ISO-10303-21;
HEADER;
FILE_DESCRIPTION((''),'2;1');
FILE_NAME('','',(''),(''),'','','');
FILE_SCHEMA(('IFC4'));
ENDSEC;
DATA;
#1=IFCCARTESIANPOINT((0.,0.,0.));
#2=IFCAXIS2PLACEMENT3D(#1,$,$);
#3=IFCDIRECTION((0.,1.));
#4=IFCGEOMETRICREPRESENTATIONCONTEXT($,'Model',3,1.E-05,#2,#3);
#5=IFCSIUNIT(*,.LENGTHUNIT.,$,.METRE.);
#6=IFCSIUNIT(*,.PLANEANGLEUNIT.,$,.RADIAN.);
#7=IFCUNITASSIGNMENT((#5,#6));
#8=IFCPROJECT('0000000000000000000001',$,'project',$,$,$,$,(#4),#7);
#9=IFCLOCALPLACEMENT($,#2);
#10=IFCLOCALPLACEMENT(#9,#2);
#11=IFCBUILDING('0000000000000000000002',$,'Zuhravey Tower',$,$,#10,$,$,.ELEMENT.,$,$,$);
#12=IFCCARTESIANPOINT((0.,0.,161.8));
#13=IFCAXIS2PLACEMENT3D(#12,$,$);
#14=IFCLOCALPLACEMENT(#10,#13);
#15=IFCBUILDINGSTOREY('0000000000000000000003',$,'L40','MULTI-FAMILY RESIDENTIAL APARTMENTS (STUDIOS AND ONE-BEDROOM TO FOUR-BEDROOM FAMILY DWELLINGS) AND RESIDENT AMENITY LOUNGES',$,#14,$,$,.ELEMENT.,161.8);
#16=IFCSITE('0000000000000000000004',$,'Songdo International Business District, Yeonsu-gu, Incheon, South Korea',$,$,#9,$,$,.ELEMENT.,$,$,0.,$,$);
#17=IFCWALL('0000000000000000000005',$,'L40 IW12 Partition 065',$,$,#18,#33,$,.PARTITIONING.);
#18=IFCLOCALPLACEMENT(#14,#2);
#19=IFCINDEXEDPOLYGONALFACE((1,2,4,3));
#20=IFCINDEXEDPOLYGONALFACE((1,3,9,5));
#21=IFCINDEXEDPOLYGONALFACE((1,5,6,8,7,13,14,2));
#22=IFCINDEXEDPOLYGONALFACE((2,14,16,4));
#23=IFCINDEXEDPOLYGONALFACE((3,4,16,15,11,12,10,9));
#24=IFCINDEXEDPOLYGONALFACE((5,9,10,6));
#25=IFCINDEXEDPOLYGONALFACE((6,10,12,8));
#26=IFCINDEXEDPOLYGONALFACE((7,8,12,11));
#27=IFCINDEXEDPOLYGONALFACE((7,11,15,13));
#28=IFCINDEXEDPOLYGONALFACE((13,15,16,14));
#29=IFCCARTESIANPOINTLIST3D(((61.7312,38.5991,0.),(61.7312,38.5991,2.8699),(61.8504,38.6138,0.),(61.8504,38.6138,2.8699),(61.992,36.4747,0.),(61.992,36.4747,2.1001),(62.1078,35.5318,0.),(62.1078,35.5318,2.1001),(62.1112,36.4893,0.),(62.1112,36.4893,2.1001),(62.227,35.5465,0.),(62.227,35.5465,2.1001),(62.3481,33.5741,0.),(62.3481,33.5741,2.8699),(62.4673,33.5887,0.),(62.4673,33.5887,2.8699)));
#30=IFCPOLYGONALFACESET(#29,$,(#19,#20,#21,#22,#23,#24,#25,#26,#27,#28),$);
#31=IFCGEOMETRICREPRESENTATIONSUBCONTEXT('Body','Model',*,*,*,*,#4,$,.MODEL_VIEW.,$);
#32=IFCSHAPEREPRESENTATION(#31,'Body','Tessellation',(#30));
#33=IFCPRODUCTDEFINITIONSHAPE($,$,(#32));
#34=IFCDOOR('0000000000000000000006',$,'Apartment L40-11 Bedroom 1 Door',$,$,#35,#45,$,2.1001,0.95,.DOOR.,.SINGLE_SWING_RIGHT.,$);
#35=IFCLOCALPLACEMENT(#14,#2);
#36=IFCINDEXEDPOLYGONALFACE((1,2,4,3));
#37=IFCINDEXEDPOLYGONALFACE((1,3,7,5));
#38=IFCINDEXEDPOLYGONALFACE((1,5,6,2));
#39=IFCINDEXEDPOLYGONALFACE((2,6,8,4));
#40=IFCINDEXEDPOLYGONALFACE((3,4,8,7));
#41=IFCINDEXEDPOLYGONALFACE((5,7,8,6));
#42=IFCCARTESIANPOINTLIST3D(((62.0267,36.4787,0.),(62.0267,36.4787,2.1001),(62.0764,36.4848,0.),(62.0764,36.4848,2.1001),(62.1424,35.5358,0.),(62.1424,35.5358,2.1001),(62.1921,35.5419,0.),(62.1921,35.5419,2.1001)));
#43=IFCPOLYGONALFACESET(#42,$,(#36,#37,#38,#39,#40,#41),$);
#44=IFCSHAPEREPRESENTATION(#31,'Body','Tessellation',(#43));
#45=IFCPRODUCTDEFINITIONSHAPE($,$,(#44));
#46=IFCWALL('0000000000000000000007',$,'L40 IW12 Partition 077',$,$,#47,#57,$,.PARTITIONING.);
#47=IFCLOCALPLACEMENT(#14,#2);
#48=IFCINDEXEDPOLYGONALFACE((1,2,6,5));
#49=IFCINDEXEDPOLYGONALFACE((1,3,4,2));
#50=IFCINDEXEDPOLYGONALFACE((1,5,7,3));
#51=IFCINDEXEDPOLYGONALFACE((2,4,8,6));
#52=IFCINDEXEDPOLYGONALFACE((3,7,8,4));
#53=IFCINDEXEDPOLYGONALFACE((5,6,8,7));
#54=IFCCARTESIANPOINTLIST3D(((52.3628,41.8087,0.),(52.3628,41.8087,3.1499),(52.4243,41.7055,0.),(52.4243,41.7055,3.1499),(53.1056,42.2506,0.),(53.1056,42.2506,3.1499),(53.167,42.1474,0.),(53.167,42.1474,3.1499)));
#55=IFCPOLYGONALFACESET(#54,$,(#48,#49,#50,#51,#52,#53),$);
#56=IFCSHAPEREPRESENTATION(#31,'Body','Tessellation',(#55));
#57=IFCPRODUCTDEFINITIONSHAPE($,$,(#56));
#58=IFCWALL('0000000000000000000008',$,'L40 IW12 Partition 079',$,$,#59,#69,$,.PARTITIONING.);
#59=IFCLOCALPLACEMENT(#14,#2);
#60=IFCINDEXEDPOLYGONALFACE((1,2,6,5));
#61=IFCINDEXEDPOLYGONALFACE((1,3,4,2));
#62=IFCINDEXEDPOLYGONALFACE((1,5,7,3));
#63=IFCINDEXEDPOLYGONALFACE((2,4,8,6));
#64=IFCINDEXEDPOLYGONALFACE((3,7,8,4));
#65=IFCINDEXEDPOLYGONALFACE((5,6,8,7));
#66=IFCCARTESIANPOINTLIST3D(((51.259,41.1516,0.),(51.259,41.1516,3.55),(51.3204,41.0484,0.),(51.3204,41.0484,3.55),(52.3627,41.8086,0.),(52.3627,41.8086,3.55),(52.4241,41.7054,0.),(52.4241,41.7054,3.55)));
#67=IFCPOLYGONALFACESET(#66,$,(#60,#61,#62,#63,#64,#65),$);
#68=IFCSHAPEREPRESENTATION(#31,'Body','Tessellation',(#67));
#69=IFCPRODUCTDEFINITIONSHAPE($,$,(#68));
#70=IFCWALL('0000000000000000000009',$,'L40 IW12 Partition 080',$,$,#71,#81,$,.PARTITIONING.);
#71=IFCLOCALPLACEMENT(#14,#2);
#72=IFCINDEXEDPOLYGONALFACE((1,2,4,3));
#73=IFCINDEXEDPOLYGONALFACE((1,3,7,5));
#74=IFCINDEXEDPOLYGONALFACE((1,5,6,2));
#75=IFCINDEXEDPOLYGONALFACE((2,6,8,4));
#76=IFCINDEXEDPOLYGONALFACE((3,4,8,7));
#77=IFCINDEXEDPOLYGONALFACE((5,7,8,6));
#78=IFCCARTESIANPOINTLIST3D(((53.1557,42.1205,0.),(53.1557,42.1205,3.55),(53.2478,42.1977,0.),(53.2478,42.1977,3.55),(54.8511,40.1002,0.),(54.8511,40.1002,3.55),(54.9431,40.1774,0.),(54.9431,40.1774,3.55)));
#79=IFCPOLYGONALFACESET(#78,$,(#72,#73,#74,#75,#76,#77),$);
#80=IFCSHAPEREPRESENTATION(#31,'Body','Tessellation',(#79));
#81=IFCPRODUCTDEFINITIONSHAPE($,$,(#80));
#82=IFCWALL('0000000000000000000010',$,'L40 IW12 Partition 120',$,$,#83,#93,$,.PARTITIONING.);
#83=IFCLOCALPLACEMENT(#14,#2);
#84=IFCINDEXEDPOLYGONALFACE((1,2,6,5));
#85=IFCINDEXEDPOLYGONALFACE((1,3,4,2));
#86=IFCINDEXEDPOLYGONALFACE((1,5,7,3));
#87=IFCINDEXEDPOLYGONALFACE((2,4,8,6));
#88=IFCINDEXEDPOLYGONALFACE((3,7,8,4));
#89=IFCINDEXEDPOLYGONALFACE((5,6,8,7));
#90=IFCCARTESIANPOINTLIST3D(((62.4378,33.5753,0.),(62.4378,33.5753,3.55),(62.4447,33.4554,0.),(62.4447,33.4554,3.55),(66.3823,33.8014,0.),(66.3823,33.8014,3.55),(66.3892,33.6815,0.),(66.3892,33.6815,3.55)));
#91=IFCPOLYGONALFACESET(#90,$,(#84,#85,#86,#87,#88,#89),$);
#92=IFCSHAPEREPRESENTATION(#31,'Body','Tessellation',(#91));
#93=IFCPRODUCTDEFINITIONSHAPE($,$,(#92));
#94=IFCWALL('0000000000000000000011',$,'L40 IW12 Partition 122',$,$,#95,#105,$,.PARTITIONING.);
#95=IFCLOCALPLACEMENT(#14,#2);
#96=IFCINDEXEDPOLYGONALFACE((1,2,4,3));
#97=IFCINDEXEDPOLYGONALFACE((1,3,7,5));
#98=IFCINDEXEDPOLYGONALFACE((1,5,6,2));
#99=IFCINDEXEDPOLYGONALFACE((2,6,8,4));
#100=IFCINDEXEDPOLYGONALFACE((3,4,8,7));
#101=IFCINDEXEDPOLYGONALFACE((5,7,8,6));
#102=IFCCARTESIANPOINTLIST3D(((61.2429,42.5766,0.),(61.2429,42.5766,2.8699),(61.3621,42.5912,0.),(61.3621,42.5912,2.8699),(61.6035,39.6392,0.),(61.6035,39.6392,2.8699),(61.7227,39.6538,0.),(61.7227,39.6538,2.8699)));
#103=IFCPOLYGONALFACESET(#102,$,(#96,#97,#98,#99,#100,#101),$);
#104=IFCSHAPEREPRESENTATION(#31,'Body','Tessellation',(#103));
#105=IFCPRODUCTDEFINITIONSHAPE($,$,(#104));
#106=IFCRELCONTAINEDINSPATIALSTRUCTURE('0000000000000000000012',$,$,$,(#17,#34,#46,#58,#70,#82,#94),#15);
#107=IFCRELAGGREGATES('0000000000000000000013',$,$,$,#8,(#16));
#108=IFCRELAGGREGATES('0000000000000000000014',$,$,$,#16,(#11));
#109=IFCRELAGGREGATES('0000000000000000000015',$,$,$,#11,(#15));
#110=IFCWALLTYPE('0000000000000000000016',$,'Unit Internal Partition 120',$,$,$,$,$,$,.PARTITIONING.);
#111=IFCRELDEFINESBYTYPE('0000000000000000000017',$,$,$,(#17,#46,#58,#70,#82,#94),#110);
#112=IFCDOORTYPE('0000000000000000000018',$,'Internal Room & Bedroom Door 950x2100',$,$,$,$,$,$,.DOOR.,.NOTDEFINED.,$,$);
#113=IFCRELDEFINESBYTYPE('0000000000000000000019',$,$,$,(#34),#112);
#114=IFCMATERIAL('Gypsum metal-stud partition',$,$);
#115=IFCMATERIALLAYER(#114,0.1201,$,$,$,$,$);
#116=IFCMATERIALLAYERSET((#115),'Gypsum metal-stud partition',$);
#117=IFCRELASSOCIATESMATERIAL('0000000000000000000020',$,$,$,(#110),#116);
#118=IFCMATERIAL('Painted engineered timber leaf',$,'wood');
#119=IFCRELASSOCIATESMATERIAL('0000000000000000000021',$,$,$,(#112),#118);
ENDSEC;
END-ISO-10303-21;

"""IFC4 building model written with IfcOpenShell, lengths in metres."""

from ifc_helpers import new_model, si_unit, direction, frame, frame_2d, origin, place, context, subcontext, project, spatial, rectangle, extrude, material, layer, layer_set, type_object, element, fill, save


model = new_model("IFC4")

# Units and contexts
model_context = context("Model", 3, precision=1e-05, world=origin(), true_north=direction((0.0, 1.0)))
body_context = subcontext(model_context, "Body", "Model", "MODEL_VIEW")
ifc_project = project(units=[si_unit("LENGTHUNIT", "METRE"), si_unit("PLANEANGLEUNIT", "RADIAN")], contexts=[model_context])

# Site, building, storey
site_placement = place(None, origin())
site = spatial("IfcSite", under=ifc_project, at=site_placement, Name="Songdo International Business District, Yeonsu-gu, Incheon, South Korea", CompositionType="ELEMENT", RefElevation=0.0)
building_placement = place(site_placement, origin())
building = spatial("IfcBuilding", under=site, at=building_placement, Name="Zuhravey Tower", CompositionType="ELEMENT")
storey_placement = place(building_placement, frame((0.0, 0.0, 161.8)))
storey = spatial("IfcBuildingStorey", under=building, at=storey_placement, Name="L40", Description="MULTI-FAMILY RESIDENTIAL APARTMENTS (STUDIOS AND ONE-BEDROOM TO FOUR-BEDROOM FAMILY DWELLINGS) AND RESIDENT AMENITY LOUNGES", CompositionType="ELEMENT", Elevation=161.8)

# Wall, opening, door
ifc_material_1 = material(Name="Gypsum metal-stud partition")
ifc_layer_1 = layer(ifc_material_1, 0.1201)
ifc_layer_set_1 = layer_set([ifc_layer_1], Name="Gypsum metal-stud partition")
wall_type_1 = type_object("IfcWallType", Name="Unit Internal Partition 120", PredefinedType="PARTITIONING", material=ifc_layer_set_1)
ifc_material_2 = material(Name="Painted engineered timber leaf", Category="wood")
door_type_1 = type_object("IfcDoorType", Name="Internal Room & Bedroom Door 950x2100", OperationType="NOTDEFINED", PredefinedType="DOOR", material=ifc_material_2)
wall_1_placement = place(storey_placement, frame((62.4077, 33.5815, 0.0), z_axis=(0.0, 0.0, 1.0), x_axis=(-0.121862, 0.992547, 0.0)))
wall_1 = element("IfcWall", 1, at=wall_1_placement, inside=storey, type_object=wall_type_1, Name="L40 IW12 Partition 065", PredefinedType="PARTITIONING", context=body_context, shape_type="SweptSolid", body=[
    extrude(rectangle(XDim=5.0627, YDim=0.1201, at=frame_2d((2.5312, 0.0))), origin(), (0.0, 0.0, 1.0), 2.8699),
])
opening_1_placement = place(wall_1_placement, frame((1.9722, 0.0, 0.0)))
opening_1 = element("IfcOpeningElement", 2, at=opening_1_placement, cuts=wall_1, PredefinedType="OPENING", context=body_context, shape_type="SweptSolid", body=[
    extrude(rectangle(XDim=0.95, YDim=2.1001, at=frame_2d((0.4751, 1.05))), frame((0.0, 0.072, 0.0), z_axis=(0.0, -1.0, 0.0), x_axis=(1.0, 0.0, 0.0)), (0.0, 0.0, 1.0), 0.144),
])
door_1_placement = place(opening_1_placement, frame((0.95, 0.0, 0.0), z_axis=(0.0, 0.0, 1.0), x_axis=(-1.0, 0.0, 0.0)))
door_1 = element("IfcDoor", 3, at=door_1_placement, inside=storey, type_object=door_type_1, Name="Apartment L40-11 Bedroom 1 Door", OperationType="SINGLE_SWING_RIGHT", OverallHeight=2.1001, OverallWidth=0.95, PredefinedType="DOOR", context=body_context, shape_type="SweptSolid", body=[
    extrude(rectangle(XDim=0.95, YDim=2.1001, at=frame_2d((0.4751, 1.05))), frame((0.0, 0.0249, 0.0), z_axis=(0.0, -1.0, 0.0), x_axis=(1.0, 0.0, 0.0)), (0.0, 0.0, 1.0), 0.05),
])
fill(opening_1, door_1)

# Walls
wall_2_placement = place(storey_placement, frame((52.3936, 41.7571, 0.0), z_axis=(0.0, 0.0, 1.0), x_axis=(0.859382, 0.511335, 0.0)))
element("IfcWall", 4, at=wall_2_placement, inside=storey, type_object=wall_type_1, Name="L40 IW12 Partition 077", PredefinedType="PARTITIONING", context=body_context, shape_type="SweptSolid", body=[
    extrude(rectangle(XDim=0.8643, YDim=0.1201, at=frame_2d((0.4321, 0.0))), origin(), (0.0, 0.0, 1.0), 3.1499),
])
wall_3_placement = place(storey_placement, frame((51.2898, 41.1001, 0.0), z_axis=(0.0, 0.0, 1.0), x_axis=(0.859299, 0.511474, 0.0)))
element("IfcWall", 5, at=wall_3_placement, inside=storey, type_object=wall_type_1, Name="L40 IW12 Partition 079", PredefinedType="PARTITIONING", context=body_context, shape_type="SweptSolid", body=[
    extrude(rectangle(XDim=1.2844, YDim=0.1201, at=frame_2d((0.6421, 0.0))), origin(), (0.0, 0.0, 1.0), 3.55),
])
wall_4_placement = place(storey_placement, frame((54.8972, 40.1387, 0.0), z_axis=(0.0, 0.0, 1.0), x_axis=(-0.642812, 0.766024, 0.0)))
element("IfcWall", 6, at=wall_4_placement, inside=storey, type_object=wall_type_1, Name="L40 IW12 Partition 080", PredefinedType="PARTITIONING", context=body_context, shape_type="SweptSolid", body=[
    extrude(rectangle(XDim=2.6375, YDim=0.1201, at=frame_2d((1.3188, 0.0))), origin(), (0.0, 0.0, 1.0), 3.55),
])
wall_5_placement = place(storey_placement, frame((62.4412, 33.5154, 0.0), z_axis=(0.0, 0.0, 1.0), x_axis=(0.998361, 0.057222, 0.0)))
element("IfcWall", 7, at=wall_5_placement, inside=storey, type_object=wall_type_1, Name="L40 IW12 Partition 120", PredefinedType="PARTITIONING", context=body_context, shape_type="SweptSolid", body=[
    extrude(rectangle(XDim=3.9509, YDim=0.1201, at=frame_2d((1.9756, 0.0))), origin(), (0.0, 0.0, 1.0), 3.55),
])
wall_6_placement = place(storey_placement, frame((61.6631, 39.6465, 0.0), z_axis=(0.0, 0.0, 1.0), x_axis=(-0.121841, 0.99255, 0.0)))
element("IfcWall", 8, at=wall_6_placement, inside=storey, type_object=wall_type_1, Name="L40 IW12 Partition 122", PredefinedType="PARTITIONING", context=body_context, shape_type="SweptSolid", body=[
    extrude(rectangle(XDim=2.9595, YDim=0.1201, at=frame_2d((1.4797, 0.0))), origin(), (0.0, 0.0, 1.0), 2.8699),
])

save(model, "model.ifc")
